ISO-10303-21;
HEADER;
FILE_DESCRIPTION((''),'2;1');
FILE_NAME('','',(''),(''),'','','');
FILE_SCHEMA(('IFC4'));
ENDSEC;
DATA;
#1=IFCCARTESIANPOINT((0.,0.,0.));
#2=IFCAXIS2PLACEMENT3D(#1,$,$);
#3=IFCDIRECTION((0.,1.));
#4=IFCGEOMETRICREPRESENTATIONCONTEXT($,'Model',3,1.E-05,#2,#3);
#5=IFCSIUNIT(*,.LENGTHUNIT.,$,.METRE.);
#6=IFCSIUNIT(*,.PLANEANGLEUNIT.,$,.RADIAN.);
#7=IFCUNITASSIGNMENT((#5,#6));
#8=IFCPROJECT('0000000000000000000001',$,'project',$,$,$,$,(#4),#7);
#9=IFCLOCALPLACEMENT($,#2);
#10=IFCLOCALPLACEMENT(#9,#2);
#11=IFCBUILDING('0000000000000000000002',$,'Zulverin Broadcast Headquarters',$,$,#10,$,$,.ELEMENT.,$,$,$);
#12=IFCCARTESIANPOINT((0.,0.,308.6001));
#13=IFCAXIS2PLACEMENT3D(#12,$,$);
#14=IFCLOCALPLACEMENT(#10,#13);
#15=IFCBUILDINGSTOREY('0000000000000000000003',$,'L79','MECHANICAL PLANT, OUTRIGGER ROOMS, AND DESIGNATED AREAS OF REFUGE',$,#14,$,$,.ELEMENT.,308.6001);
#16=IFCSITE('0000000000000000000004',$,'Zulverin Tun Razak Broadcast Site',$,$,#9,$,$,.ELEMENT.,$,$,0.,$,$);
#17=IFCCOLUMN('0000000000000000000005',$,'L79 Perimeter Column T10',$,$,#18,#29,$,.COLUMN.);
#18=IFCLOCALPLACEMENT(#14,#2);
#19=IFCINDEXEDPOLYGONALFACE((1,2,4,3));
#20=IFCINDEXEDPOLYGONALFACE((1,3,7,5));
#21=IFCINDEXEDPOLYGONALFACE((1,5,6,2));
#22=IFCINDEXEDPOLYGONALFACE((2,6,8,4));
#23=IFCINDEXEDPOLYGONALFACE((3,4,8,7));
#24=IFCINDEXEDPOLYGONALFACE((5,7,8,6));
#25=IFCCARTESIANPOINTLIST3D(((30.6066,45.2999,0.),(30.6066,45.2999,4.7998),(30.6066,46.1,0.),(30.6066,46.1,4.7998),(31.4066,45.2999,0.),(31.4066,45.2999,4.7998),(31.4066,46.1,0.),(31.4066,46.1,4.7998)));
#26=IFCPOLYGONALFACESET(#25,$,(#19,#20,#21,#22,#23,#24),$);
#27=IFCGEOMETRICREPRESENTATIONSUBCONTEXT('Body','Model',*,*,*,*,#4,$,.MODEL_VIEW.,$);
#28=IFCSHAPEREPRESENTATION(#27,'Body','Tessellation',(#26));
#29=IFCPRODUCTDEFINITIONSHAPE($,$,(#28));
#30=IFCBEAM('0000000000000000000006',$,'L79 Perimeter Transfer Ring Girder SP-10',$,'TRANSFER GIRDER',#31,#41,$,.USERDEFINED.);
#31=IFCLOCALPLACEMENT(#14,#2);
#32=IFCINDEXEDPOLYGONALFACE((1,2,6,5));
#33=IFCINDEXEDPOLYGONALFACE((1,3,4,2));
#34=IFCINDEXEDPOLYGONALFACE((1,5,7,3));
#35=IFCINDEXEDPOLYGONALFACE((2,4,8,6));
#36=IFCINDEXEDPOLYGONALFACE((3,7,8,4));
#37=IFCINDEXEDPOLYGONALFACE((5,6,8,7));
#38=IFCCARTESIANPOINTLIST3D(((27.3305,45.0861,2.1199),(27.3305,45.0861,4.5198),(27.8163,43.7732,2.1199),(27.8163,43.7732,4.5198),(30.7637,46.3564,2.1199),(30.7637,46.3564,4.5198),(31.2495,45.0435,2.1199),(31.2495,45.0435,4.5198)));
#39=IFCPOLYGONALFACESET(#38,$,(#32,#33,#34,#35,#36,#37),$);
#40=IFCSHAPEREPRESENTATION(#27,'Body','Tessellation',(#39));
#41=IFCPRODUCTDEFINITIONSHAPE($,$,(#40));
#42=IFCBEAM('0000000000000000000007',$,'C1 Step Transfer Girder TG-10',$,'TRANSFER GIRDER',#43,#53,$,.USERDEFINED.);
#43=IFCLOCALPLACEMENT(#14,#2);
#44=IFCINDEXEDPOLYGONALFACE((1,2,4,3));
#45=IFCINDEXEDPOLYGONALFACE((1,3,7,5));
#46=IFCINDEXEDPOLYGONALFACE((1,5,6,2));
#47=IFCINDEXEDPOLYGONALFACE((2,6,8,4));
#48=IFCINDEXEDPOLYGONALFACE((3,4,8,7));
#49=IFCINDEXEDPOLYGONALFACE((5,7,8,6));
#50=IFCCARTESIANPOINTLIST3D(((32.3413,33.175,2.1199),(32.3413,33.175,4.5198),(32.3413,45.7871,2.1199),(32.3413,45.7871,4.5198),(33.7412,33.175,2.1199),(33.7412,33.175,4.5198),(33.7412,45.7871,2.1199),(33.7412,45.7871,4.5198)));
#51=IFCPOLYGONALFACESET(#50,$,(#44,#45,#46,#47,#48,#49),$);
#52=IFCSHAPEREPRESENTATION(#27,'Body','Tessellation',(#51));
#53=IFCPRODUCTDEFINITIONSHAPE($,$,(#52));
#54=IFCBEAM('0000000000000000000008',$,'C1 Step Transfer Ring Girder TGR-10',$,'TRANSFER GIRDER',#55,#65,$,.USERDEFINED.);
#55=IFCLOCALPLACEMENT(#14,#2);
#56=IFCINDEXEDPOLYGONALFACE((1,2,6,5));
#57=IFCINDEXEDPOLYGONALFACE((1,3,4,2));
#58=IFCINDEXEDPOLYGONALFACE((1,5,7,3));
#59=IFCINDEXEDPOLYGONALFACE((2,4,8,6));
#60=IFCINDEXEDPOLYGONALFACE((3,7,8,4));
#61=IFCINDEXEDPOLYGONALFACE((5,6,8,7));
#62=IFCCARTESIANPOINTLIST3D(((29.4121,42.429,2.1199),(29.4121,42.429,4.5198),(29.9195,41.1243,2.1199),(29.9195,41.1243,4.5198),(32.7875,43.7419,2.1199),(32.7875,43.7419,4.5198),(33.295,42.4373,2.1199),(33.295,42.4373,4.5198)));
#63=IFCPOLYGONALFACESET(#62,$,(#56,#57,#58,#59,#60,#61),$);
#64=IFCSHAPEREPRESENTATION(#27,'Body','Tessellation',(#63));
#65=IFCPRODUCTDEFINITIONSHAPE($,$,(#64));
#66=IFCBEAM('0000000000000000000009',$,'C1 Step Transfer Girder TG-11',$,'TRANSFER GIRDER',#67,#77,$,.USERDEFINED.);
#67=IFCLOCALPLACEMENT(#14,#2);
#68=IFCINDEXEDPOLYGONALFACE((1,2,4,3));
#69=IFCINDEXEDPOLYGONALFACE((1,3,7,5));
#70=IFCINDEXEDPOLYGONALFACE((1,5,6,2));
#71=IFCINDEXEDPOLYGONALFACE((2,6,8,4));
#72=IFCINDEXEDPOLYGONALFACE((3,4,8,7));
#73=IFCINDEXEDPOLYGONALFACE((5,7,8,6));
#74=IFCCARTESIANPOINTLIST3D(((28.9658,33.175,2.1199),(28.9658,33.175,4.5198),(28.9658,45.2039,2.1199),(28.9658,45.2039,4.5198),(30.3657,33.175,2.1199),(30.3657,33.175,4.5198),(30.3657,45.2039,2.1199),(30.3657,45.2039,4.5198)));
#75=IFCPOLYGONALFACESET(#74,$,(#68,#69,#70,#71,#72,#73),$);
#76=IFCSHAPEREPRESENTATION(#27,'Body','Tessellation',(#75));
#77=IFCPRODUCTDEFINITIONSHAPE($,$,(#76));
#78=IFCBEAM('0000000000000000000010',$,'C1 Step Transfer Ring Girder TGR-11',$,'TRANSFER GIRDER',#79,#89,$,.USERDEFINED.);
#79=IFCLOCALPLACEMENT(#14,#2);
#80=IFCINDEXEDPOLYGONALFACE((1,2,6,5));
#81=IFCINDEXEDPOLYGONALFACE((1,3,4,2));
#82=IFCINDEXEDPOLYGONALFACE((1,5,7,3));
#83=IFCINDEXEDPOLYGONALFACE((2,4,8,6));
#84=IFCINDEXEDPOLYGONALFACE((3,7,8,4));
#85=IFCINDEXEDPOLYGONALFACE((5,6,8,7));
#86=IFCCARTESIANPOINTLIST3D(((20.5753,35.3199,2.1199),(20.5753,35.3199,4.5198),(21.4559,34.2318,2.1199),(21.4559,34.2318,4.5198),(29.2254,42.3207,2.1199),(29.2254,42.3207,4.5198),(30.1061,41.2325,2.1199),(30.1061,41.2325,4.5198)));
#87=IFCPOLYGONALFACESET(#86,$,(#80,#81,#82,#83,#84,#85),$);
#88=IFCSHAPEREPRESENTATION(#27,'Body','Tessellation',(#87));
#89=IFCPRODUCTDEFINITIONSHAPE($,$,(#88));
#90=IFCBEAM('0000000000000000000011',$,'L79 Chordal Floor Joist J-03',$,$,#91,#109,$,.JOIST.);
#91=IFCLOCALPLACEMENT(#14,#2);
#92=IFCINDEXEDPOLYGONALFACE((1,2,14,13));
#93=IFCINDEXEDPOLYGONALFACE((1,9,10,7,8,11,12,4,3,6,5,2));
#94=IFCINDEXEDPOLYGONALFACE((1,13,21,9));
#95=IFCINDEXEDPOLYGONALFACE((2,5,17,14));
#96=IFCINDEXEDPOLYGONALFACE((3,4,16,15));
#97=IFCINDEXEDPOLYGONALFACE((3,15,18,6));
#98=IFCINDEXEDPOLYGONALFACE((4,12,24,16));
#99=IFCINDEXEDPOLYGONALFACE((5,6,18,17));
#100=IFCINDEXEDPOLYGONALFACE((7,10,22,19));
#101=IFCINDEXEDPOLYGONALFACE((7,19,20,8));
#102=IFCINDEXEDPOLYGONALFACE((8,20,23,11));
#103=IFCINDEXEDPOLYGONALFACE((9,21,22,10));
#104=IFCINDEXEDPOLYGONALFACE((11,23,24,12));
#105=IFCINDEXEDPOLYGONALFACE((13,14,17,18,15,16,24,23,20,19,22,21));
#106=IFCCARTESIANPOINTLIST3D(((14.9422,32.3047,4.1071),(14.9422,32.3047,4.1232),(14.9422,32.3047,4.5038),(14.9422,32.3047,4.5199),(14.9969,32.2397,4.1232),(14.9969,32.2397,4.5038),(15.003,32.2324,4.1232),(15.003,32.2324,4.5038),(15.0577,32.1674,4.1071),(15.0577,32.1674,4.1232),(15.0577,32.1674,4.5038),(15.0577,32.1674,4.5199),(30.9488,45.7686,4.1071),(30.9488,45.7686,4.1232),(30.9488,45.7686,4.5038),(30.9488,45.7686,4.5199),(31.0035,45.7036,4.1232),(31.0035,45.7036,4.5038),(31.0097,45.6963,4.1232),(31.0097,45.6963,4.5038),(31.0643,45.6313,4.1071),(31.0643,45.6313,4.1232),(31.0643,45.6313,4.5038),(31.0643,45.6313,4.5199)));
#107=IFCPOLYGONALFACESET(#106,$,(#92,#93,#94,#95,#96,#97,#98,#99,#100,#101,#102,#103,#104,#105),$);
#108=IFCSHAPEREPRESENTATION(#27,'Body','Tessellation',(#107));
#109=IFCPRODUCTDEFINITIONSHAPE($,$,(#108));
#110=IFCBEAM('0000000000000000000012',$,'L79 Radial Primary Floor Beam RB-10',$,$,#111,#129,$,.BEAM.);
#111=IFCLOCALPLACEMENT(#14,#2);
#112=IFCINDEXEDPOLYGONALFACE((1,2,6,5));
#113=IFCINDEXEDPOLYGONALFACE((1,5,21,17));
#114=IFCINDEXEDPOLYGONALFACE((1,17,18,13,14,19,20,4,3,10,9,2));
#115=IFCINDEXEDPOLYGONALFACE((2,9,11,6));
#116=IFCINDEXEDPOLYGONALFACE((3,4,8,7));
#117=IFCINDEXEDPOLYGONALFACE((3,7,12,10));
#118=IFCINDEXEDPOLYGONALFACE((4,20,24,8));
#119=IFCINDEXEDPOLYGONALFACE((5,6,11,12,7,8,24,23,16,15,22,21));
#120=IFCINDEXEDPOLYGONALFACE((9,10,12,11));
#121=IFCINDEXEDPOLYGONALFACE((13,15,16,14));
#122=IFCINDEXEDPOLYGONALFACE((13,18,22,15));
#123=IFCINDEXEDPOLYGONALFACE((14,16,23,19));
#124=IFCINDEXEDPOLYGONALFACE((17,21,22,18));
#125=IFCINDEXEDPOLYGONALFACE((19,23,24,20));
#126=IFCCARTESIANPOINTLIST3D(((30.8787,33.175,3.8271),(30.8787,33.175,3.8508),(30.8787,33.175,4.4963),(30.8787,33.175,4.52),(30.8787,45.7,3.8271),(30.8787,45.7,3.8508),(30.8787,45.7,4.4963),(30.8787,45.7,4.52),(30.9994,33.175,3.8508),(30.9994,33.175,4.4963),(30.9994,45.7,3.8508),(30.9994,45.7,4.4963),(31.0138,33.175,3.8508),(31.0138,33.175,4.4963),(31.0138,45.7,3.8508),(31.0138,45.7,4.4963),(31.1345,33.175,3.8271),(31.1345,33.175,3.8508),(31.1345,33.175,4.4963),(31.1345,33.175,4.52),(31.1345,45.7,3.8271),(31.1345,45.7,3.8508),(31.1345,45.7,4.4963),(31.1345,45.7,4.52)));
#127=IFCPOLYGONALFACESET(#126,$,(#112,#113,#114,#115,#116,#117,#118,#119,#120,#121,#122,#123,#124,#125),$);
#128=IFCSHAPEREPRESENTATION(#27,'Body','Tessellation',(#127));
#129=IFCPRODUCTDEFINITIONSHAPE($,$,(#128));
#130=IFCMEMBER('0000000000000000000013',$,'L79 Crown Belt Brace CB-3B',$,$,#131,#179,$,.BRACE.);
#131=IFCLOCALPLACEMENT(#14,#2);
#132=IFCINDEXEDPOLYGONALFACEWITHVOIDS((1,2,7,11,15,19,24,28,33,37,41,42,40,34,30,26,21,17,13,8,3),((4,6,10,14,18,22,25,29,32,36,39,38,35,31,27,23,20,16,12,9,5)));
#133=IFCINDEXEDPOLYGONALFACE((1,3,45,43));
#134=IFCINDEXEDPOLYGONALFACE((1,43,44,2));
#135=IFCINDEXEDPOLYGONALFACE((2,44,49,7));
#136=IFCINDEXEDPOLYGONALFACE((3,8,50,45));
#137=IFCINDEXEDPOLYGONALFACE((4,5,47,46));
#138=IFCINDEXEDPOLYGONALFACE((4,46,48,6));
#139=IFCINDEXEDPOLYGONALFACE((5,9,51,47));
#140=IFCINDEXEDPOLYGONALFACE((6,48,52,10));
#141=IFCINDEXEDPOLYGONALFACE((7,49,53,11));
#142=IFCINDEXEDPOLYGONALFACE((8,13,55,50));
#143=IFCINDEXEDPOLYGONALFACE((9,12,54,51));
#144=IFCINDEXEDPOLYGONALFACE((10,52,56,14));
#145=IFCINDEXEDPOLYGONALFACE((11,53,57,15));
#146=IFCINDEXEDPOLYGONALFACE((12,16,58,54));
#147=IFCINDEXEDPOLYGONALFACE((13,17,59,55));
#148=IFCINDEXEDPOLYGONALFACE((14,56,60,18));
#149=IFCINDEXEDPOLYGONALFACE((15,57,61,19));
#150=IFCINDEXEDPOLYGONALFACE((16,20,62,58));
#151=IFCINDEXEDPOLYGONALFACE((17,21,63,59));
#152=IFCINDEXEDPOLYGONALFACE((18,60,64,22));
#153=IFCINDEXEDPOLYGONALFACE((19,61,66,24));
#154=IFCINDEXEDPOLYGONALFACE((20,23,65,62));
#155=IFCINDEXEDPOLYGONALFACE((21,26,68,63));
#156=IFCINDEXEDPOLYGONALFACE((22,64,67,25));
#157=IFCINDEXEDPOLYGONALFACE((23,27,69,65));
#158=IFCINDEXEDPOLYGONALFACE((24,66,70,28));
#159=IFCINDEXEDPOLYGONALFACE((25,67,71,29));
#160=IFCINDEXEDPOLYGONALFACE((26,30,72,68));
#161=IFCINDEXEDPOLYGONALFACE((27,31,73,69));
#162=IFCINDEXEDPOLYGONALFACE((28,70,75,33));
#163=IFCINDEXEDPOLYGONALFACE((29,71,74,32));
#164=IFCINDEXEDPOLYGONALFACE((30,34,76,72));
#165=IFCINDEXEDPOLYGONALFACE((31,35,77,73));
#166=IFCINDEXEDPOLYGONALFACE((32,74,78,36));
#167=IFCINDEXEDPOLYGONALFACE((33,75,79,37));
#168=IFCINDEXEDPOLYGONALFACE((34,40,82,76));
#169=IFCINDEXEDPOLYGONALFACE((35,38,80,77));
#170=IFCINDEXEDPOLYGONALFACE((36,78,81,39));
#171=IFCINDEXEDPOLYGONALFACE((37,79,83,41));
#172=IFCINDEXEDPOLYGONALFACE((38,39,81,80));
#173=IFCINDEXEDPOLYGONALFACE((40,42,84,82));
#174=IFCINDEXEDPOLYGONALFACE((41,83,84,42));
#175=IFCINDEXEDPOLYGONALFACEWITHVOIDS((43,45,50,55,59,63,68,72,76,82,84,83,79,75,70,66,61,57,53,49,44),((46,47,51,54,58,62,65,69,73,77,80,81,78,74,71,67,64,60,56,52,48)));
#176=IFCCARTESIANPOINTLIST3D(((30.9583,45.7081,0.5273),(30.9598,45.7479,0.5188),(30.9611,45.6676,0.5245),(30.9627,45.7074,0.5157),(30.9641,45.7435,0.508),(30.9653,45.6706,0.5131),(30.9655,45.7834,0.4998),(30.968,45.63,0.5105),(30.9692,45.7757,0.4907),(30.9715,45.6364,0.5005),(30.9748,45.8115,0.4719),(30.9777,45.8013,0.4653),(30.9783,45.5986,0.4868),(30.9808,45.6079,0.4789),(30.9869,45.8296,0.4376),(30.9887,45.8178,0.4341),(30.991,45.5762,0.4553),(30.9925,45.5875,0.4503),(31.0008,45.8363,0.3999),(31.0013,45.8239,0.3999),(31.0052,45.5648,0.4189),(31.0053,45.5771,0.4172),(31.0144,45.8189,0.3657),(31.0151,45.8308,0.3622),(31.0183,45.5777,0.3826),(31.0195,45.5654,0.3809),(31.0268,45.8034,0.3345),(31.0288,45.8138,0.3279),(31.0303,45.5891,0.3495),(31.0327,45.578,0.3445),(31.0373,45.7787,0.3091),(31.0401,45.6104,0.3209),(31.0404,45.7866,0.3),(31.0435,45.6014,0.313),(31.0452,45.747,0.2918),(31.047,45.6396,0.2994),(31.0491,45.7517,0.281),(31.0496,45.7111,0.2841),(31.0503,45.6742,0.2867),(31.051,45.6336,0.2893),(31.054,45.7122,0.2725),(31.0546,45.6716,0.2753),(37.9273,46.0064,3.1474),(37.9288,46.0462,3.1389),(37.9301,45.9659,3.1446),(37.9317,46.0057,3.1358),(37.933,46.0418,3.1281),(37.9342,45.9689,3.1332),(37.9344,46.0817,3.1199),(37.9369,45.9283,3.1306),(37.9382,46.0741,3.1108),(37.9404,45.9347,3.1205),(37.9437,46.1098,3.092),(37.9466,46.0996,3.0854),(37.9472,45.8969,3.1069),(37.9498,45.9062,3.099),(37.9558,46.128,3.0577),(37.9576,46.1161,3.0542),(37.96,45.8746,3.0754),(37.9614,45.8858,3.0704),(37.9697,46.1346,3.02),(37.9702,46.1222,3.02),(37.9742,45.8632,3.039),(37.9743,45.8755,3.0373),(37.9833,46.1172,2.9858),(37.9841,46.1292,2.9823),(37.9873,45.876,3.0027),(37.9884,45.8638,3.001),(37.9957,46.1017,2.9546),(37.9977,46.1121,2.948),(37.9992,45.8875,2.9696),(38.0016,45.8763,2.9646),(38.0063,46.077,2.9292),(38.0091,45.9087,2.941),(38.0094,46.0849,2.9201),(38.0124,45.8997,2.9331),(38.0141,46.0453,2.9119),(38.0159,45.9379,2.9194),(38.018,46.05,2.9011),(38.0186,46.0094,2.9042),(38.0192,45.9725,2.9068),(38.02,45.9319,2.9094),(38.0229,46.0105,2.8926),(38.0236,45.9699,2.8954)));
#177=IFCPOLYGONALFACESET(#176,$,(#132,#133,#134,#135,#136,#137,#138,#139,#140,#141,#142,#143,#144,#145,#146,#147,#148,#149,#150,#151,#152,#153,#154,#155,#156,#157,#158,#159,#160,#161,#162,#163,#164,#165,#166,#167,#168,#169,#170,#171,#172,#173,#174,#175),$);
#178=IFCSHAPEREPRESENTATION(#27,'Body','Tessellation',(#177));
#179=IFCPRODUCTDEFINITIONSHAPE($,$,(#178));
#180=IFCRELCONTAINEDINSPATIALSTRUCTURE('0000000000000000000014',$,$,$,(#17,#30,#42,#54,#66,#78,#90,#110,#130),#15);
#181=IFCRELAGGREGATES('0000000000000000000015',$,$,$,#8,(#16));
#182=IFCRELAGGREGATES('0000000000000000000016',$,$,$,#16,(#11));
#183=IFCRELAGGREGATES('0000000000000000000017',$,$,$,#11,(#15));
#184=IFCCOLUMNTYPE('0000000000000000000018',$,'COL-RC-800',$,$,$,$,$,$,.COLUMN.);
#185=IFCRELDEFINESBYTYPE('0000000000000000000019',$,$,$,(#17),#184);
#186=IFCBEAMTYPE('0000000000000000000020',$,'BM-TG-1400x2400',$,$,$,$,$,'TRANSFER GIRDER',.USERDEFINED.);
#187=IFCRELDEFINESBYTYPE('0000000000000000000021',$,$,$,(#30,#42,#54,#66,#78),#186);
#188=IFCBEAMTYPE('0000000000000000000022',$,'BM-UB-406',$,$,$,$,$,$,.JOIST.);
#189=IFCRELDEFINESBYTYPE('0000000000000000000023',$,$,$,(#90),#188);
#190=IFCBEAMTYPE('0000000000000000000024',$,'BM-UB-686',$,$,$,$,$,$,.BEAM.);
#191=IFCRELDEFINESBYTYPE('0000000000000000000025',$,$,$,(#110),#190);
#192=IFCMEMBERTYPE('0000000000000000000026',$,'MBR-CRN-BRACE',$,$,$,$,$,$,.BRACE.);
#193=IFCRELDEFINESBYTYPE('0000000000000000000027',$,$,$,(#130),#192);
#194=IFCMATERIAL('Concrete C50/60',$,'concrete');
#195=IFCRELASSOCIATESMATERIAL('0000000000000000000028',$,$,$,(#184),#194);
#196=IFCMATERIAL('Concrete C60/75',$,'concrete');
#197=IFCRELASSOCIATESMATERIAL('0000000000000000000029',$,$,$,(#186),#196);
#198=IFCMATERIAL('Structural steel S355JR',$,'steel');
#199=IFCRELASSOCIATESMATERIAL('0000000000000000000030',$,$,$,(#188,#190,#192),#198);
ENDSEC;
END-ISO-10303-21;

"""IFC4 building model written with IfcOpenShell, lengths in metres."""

from ifc_helpers import new_model, si_unit, direction, frame, origin, origin_2d, place, context, subcontext, project, spatial, rectangle, hollow_circle, i_section, extrude, material, material_profile, profile_set, type_object, element, save


model = new_model("IFC4")

# Units and contexts
model_context = context("Model", 3, precision=1e-05, world=origin(), true_north=direction((0.0, 1.0)))
body_context = subcontext(model_context, "Body", "Model", "MODEL_VIEW")
ifc_project = project(units=[si_unit("LENGTHUNIT", "METRE"), si_unit("PLANEANGLEUNIT", "RADIAN")], contexts=[model_context])

# Site, building, storey
site_placement = place(None, origin())
site = spatial("IfcSite", under=ifc_project, at=site_placement, Name="Zulverin Tun Razak Broadcast Site", CompositionType="ELEMENT", RefElevation=0.0)
building_placement = place(site_placement, origin())
building = spatial("IfcBuilding", under=site, at=building_placement, Name="Zulverin Broadcast Headquarters", CompositionType="ELEMENT")
storey_placement = place(building_placement, frame((0.0, 0.0, 308.6001)))
storey = spatial("IfcBuildingStorey", under=building, at=storey_placement, Name="L79", Description="MECHANICAL PLANT, OUTRIGGER ROOMS, AND DESIGNATED AREAS OF REFUGE", CompositionType="ELEMENT", Elevation=308.6001)

# Column
ifc_material_1 = material(Name="Concrete C50/60", Category="concrete")
ifc_material_profile_1 = material_profile(ifc_material_1, rectangle(XDim=0.8, YDim=0.8, at=origin_2d()), Name="Concrete C50/60", Category="concrete")
ifc_profile_set_1 = profile_set([ifc_material_profile_1], Name="Concrete C50/60")
column_type = type_object("IfcColumnType", Name="COL-RC-800", PredefinedType="COLUMN", material=ifc_profile_set_1)
column_placement = place(storey_placement, frame((31.0066, 45.7, 0.0), z_axis=(0.0, 0.0, 1.0), x_axis=(1.0, 0.0, 0.0)))
element("IfcColumn", 1, at=column_placement, inside=storey, type_object=column_type, Name="L79 Perimeter Column T10", PredefinedType="COLUMN", context=body_context, shape_type="SweptSolid", body=[
    extrude(rectangle(XDim=0.8, YDim=0.8, at=origin_2d()), origin(), (0.0, 0.0, 1.0), 4.7998),
])

# Beams
ifc_material_2 = material(Name="Concrete C60/75", Category="concrete")
ifc_material_profile_2 = material_profile(ifc_material_2, rectangle(XDim=1.3999, YDim=2.3999, at=origin_2d()), Name="Concrete C60/75", Category="concrete")
ifc_profile_set_2 = profile_set([ifc_material_profile_2], Name="Concrete C60/75")
beam_type_1 = type_object("IfcBeamType", Name="BM-TG-1400x2400", ElementType="TRANSFER GIRDER", PredefinedType="USERDEFINED", material=ifc_profile_set_2)
beam_1_placement = place(storey_placement, frame((31.0066, 45.7, 3.3198), z_axis=(-0.937861, -0.347012, 0.0), x_axis=(0.347012, -0.937861, 0.0)))
element("IfcBeam", 2, at=beam_1_placement, inside=storey, type_object=beam_type_1, Name="L79 Perimeter Transfer Ring Girder SP-10", ObjectType="TRANSFER GIRDER", PredefinedType="USERDEFINED", context=body_context, shape_type="SweptSolid", body=[
    extrude(rectangle(XDim=1.3999, YDim=2.3999, at=origin_2d()), origin(), (0.0, 0.0, 1.0), 3.6606),
])
beam_2_placement = place(storey_placement, frame((33.0413, 33.175, 3.3198), z_axis=(0.0, 1.0, 0.0), x_axis=(-1.0, 0.0, 0.0)))
element("IfcBeam", 3, at=beam_2_placement, inside=storey, type_object=beam_type_1, Name="C1 Step Transfer Girder TG-10", ObjectType="TRANSFER GIRDER", PredefinedType="USERDEFINED", context=body_context, shape_type="SweptSolid", body=[
    extrude(rectangle(XDim=1.3999, YDim=2.3999, at=origin_2d()), origin(), (0.0, 0.0, 1.0), 12.6121),
])
beam_3_placement = place(storey_placement, frame((33.0413, 43.0896, 3.3198), z_axis=(-0.931977, -0.362518, 0.0), x_axis=(0.362518, -0.931977, 0.0)))
element("IfcBeam", 4, at=beam_3_placement, inside=storey, type_object=beam_type_1, Name="C1 Step Transfer Ring Girder TGR-10", ObjectType="TRANSFER GIRDER", PredefinedType="USERDEFINED", context=body_context, shape_type="SweptSolid", body=[
    extrude(rectangle(XDim=1.3999, YDim=2.3999, at=origin_2d()), origin(), (0.0, 0.0, 1.0), 3.6218),
])
beam_4_placement = place(storey_placement, frame((29.6658, 33.175, 3.3198), z_axis=(0.0, 1.0, 0.0), x_axis=(-1.0, 0.0, 0.0)))
element("IfcBeam", 5, at=beam_4_placement, inside=storey, type_object=beam_type_1, Name="C1 Step Transfer Girder TG-11", ObjectType="TRANSFER GIRDER", PredefinedType="USERDEFINED", context=body_context, shape_type="SweptSolid", body=[
    extrude(rectangle(XDim=1.3999, YDim=2.3999, at=origin_2d()), origin(), (0.0, 0.0, 1.0), 12.0288),
])
beam_5_placement = place(storey_placement, frame((29.6658, 41.7766, 3.3198), z_axis=(-0.777323, -0.629102, 0.0), x_axis=(0.629102, -0.777323, 0.0)))
element("IfcBeam", 6, at=beam_5_placement, inside=storey, type_object=beam_type_1, Name="C1 Step Transfer Ring Girder TGR-11", ObjectType="TRANSFER GIRDER", PredefinedType="USERDEFINED", context=body_context, shape_type="SweptSolid", body=[
    extrude(rectangle(XDim=1.3999, YDim=2.3999, at=origin_2d()), origin(), (0.0, 0.0, 1.0), 11.1282),
])
ifc_material_3 = material(Name="Structural steel S355JR", Category="steel")
ifc_material_profile_3 = material_profile(ifc_material_3, i_section(OverallWidth=0.1794, OverallDepth=0.4128, WebThickness=0.0095, FlangeThickness=0.0161, at=origin_2d()), Name="Structural steel S355JR", Category="steel")
ifc_profile_set_3 = profile_set([ifc_material_profile_3], Name="Structural steel S355JR")
beam_type_2 = type_object("IfcBeamType", Name="BM-UB-406", PredefinedType="JOIST", material=ifc_profile_set_3)
beam_6_placement = place(storey_placement, frame((31.0066, 45.7, 4.3135), z_axis=(-0.765273, -0.643706, 0.0), x_axis=(0.643706, -0.765273, 0.0)))
element("IfcBeam", 7, at=beam_6_placement, inside=storey, type_object=beam_type_2, Name="L79 Chordal Floor Joist J-03", PredefinedType="JOIST", context=body_context, shape_type="SweptSolid", body=[
    extrude(i_section(OverallWidth=0.1794, OverallDepth=0.4128, WebThickness=0.0095, FlangeThickness=0.0161, at=origin_2d()), origin(), (0.0, 0.0, 1.0), 20.9163),
])
ifc_material_profile_4 = material_profile(ifc_material_3, i_section(OverallWidth=0.2559, OverallDepth=0.6929, WebThickness=0.0144, FlangeThickness=0.0237, at=origin_2d()), Name="Structural steel S355JR", Category="steel")
ifc_profile_set_4 = profile_set([ifc_material_profile_4], Name="Structural steel S355JR")
beam_type_3 = type_object("IfcBeamType", Name="BM-UB-686", PredefinedType="BEAM", material=ifc_profile_set_4)
beam_7_placement = place(storey_placement, frame((31.0066, 33.175, 4.1736), z_axis=(0.0, 1.0, 0.0), x_axis=(-1.0, 0.0, 0.0)))
element("IfcBeam", 8, at=beam_7_placement, inside=storey, type_object=beam_type_3, Name="L79 Radial Primary Floor Beam RB-10", PredefinedType="BEAM", context=body_context, shape_type="SweptSolid", body=[
    extrude(i_section(OverallWidth=0.2559, OverallDepth=0.6929, WebThickness=0.0144, FlangeThickness=0.0237, at=origin_2d()), origin(), (0.0, 0.0, 1.0), 12.5249),
])

# Member
ifc_material_profile_5 = material_profile(ifc_material_3, hollow_circle(Radius=0.1365, WallThickness=0.0125, at=origin_2d()), Name="Structural steel S355JR", Category="steel")
ifc_profile_set_5 = profile_set([ifc_material_profile_5], Name="Structural steel S355JR")
member_type = type_object("IfcMemberType", Name="MBR-CRN-BRACE", PredefinedType="BRACE", material=ifc_profile_set_5)
member_placement = place(storey_placement, frame((31.0066, 45.7, 0.3999), z_axis=(0.93528, 0.040039, 0.351635), x_axis=(-0.04277, 0.999085, 0.0)))
element("IfcMember", 9, at=member_placement, inside=storey, type_object=member_type, Name="L79 Crown Belt Brace CB-3B", PredefinedType="BRACE", context=body_context, shape_type="SweptSolid", body=[
    extrude(hollow_circle(Radius=0.1365, WallThickness=0.0125, at=origin_2d()), origin(), (0.0, 0.0, 1.0), 7.4512),
])

save(model, "model.ifc")
